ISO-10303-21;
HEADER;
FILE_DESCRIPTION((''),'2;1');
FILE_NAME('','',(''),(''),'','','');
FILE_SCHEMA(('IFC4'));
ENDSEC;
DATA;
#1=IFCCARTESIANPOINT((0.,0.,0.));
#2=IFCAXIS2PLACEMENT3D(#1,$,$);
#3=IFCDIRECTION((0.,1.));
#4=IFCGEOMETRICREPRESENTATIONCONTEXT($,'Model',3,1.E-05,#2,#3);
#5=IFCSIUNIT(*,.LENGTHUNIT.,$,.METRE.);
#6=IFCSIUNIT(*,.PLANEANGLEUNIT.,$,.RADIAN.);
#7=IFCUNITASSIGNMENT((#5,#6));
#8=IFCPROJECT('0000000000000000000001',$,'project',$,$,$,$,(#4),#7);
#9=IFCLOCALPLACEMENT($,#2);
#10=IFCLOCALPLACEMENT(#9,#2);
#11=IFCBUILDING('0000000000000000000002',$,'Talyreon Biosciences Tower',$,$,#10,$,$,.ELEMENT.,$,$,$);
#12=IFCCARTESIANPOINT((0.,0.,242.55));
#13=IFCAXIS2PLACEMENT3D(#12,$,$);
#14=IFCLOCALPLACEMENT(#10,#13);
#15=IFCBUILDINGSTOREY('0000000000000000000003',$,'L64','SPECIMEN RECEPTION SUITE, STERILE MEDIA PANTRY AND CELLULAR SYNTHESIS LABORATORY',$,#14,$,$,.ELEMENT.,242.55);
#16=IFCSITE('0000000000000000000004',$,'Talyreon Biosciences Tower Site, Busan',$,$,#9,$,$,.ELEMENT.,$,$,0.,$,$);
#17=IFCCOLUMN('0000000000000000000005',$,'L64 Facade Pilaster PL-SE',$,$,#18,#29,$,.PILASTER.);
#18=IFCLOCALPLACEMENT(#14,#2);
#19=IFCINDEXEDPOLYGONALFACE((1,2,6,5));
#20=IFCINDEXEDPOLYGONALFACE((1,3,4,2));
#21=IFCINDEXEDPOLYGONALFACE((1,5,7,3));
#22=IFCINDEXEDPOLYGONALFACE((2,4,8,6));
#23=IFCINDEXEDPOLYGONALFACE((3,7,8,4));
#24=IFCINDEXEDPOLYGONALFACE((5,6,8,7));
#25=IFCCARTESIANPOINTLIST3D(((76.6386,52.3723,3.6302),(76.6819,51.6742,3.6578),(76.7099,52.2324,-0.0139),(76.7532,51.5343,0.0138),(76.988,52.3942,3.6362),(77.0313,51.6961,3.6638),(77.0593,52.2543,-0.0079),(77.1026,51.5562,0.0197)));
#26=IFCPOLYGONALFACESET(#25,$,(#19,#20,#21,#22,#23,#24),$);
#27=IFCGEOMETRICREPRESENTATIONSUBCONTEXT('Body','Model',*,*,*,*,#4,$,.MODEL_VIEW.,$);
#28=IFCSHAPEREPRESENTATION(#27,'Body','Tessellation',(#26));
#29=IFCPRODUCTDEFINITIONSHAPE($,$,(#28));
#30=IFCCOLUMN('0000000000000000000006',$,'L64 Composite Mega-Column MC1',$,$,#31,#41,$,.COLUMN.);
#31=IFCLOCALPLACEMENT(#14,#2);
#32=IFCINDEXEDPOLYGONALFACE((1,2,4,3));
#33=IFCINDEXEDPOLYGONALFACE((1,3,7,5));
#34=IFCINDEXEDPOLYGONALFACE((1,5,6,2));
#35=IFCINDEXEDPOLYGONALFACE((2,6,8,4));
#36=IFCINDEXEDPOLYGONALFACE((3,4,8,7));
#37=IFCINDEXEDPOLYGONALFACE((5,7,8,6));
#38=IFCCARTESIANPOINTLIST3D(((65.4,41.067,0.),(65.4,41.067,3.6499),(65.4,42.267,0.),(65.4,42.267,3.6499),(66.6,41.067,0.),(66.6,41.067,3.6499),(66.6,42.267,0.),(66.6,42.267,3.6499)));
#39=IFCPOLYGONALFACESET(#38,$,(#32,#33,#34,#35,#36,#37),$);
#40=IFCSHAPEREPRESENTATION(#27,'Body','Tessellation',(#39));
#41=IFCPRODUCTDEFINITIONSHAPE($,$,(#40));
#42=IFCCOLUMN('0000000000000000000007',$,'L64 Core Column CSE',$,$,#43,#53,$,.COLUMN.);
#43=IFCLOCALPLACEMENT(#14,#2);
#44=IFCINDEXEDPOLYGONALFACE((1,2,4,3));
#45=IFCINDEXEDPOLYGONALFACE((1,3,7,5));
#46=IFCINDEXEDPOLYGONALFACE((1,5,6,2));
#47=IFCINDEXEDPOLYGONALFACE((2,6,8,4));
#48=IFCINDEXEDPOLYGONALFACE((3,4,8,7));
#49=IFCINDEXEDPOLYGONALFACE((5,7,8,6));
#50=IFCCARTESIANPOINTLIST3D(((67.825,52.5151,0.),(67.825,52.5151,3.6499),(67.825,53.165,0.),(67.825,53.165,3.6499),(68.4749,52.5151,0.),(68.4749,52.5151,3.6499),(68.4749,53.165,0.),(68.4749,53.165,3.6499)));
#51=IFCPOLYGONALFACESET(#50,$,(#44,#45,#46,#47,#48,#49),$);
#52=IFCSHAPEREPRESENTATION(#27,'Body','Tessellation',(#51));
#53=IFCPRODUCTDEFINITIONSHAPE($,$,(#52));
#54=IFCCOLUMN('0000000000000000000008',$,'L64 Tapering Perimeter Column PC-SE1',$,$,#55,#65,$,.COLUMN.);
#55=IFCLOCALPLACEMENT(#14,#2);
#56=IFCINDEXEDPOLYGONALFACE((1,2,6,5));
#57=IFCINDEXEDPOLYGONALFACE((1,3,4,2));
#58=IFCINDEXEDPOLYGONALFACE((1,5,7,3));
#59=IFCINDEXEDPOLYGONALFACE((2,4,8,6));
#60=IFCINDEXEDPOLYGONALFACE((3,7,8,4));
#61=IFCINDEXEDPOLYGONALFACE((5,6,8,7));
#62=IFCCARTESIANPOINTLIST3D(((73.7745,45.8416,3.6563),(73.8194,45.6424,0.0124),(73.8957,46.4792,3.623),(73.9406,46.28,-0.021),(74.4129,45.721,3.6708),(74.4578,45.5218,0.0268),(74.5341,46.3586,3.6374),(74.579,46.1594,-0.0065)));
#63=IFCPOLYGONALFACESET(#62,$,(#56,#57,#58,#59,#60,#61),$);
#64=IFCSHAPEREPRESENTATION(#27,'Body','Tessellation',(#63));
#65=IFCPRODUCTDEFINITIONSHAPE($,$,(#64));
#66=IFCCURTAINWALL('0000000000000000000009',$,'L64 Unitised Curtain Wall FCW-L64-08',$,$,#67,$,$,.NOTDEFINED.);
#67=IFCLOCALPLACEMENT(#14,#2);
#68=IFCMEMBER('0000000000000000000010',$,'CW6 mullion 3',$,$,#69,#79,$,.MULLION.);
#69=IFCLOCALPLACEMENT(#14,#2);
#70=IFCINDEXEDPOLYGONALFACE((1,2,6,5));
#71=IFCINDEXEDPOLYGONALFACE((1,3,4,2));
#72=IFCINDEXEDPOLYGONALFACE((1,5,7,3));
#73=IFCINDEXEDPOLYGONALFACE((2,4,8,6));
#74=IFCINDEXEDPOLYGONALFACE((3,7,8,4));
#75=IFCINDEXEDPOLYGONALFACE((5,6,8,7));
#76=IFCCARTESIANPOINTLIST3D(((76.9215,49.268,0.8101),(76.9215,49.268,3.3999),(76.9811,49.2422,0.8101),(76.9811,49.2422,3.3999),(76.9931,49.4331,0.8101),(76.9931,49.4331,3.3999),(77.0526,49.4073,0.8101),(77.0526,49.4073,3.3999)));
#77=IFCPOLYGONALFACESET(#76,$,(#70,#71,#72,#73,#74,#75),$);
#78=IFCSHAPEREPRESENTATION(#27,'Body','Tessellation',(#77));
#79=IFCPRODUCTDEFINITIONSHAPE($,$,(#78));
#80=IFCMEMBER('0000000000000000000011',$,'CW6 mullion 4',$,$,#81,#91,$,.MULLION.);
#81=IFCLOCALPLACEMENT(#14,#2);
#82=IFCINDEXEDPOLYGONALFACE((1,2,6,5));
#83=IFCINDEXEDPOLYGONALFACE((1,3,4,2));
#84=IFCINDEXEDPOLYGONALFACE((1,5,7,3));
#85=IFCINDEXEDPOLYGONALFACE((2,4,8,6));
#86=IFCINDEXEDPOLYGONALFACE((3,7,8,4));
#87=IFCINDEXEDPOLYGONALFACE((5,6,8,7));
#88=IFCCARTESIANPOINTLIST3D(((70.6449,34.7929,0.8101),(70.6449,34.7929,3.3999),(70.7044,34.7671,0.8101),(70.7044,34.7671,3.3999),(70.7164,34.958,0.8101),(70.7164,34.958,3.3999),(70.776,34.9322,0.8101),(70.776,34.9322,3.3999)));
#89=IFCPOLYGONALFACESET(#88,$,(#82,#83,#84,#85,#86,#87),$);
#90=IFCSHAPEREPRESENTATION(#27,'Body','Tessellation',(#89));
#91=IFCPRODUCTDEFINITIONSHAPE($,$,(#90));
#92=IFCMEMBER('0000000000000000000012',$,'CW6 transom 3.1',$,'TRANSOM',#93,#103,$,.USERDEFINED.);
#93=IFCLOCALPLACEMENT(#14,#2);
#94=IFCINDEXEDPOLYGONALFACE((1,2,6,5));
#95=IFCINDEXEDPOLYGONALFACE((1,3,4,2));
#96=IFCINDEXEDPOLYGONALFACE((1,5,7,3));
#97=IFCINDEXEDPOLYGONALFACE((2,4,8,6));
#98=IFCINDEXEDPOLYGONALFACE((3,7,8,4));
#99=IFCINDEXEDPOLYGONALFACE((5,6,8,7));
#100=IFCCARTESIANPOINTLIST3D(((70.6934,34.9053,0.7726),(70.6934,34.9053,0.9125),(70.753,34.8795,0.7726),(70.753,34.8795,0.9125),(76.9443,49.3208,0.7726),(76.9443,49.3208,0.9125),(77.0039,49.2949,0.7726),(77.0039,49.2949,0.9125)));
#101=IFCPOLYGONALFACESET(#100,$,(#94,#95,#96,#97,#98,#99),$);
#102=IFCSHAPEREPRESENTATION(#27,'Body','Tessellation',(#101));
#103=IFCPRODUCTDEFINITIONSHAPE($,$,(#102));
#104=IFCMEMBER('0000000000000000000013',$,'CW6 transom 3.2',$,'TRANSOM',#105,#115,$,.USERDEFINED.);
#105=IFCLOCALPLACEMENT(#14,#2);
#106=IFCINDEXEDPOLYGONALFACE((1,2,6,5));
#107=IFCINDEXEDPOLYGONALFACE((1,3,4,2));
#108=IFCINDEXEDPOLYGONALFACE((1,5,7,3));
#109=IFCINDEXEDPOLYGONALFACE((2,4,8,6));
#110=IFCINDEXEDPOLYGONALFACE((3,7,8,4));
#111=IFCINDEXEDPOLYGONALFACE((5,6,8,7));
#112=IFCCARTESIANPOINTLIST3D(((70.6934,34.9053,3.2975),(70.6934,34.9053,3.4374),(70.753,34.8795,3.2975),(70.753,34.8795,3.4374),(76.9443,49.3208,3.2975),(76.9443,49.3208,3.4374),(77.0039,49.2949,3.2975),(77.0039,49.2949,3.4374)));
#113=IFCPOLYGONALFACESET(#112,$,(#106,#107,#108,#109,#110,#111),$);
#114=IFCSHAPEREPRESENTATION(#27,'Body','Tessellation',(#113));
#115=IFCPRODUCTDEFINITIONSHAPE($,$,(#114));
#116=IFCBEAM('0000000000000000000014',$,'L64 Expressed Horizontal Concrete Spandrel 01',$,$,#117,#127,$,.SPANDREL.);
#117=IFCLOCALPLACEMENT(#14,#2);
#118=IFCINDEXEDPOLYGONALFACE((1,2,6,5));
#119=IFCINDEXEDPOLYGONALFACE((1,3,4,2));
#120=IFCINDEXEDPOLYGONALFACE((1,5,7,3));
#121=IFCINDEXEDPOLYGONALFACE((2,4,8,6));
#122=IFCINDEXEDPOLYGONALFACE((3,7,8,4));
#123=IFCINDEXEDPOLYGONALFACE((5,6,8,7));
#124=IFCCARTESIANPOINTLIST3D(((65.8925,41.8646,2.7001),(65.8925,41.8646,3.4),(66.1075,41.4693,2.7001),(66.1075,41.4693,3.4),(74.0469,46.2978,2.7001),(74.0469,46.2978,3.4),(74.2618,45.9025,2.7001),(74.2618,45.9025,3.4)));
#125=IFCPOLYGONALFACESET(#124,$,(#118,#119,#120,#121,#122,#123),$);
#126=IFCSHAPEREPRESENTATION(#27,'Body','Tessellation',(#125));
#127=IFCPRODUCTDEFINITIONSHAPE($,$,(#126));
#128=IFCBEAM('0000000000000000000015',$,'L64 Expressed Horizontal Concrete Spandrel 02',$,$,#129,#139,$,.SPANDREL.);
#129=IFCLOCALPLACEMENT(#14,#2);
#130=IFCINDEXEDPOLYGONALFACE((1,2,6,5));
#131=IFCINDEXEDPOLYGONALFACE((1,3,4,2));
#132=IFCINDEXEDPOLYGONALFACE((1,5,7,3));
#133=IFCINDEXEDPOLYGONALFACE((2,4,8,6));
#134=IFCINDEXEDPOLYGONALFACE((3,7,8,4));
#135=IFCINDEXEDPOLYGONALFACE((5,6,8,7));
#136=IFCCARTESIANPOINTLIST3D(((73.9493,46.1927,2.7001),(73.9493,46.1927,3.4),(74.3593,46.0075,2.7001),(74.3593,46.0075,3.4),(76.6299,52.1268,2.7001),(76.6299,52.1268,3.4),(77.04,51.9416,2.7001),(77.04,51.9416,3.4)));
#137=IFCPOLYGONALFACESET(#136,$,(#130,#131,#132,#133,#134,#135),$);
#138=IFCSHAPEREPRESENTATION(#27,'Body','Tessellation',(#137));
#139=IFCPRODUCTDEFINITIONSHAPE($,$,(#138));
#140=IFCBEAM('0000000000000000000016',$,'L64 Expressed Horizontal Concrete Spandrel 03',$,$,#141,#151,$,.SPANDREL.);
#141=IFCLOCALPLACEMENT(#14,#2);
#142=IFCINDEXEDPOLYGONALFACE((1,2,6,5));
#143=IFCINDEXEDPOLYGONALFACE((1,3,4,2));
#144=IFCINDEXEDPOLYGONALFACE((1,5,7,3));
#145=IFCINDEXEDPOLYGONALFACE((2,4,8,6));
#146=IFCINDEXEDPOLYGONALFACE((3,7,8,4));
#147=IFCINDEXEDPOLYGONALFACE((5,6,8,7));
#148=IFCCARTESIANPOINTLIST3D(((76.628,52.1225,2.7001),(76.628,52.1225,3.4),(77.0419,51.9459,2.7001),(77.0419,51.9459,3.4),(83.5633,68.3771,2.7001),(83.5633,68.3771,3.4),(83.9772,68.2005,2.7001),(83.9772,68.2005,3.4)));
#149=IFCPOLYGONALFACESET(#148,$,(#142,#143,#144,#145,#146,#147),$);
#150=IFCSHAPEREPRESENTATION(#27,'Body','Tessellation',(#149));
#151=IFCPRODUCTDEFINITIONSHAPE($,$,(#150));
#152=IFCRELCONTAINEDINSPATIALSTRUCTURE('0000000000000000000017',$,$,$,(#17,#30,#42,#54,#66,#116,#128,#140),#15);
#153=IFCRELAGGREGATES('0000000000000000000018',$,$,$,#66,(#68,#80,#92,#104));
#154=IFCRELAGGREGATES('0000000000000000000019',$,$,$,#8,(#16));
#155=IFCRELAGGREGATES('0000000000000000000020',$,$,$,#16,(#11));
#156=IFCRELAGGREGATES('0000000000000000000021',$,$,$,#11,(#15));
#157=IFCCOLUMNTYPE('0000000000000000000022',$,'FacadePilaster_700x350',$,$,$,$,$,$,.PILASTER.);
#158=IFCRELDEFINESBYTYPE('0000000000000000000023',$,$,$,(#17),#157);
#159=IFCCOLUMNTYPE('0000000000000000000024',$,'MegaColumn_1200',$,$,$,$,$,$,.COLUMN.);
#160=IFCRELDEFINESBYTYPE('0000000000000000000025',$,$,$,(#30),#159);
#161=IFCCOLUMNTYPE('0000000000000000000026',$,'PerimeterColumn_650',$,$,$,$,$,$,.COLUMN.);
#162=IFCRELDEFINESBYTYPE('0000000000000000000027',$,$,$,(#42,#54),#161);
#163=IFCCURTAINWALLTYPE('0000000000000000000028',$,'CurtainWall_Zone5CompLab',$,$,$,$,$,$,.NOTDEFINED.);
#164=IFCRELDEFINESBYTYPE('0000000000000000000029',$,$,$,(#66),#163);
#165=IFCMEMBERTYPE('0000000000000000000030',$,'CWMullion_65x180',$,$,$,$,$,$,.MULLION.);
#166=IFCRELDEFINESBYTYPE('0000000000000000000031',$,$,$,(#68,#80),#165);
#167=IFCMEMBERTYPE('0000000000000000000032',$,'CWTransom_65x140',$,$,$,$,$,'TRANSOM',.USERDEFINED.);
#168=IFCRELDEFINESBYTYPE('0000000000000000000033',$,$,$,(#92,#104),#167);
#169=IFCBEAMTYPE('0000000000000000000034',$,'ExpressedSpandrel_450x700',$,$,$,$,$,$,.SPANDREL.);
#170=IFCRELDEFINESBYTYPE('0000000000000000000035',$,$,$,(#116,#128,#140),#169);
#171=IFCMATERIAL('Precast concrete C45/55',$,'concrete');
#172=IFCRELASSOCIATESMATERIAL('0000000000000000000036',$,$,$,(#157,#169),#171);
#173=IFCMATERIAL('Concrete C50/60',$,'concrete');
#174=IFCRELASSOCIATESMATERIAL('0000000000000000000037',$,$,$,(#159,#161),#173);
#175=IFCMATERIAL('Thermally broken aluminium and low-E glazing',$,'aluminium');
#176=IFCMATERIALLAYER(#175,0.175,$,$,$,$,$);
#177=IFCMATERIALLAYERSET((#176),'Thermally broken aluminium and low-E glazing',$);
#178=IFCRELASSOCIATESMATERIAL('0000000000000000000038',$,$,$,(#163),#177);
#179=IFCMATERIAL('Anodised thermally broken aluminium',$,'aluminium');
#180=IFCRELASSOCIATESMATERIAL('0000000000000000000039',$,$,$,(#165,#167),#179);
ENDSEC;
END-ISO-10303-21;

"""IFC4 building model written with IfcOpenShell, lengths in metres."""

from ifc_helpers import new_model, si_unit, direction, frame, origin, origin_2d, place, context, subcontext, project, spatial, rectangle, extrude, material, layer, layer_set, material_profile, profile_set, type_object, element, aggregate, save


model = new_model("IFC4")

# Units and contexts
model_context = context("Model", 3, precision=1e-05, world=origin(), true_north=direction((0.0, 1.0)))
body_context = subcontext(model_context, "Body", "Model", "MODEL_VIEW")
ifc_project = project(units=[si_unit("LENGTHUNIT", "METRE"), si_unit("PLANEANGLEUNIT", "RADIAN")], contexts=[model_context])

# Site, building, storey
site_placement = place(None, origin())
site = spatial("IfcSite", under=ifc_project, at=site_placement, Name="Talyreon Biosciences Tower Site, Busan", CompositionType="ELEMENT", RefElevation=0.0)
building_placement = place(site_placement, origin())
building = spatial("IfcBuilding", under=site, at=building_placement, Name="Talyreon Biosciences Tower", CompositionType="ELEMENT")
storey_placement = place(building_placement, frame((0.0, 0.0, 242.55)))
storey = spatial("IfcBuildingStorey", under=building, at=storey_placement, Name="L64", Description="SPECIMEN RECEPTION SUITE, STERILE MEDIA PANTRY AND CELLULAR SYNTHESIS LABORATORY", CompositionType="ELEMENT", Elevation=242.55)

# Columns
ifc_material_1 = material(Name="Precast concrete C45/55", Category="concrete")
ifc_material_profile_1 = material_profile(ifc_material_1, rectangle(XDim=0.7, YDim=0.3501, at=origin_2d()), Name="RC 700x350")
ifc_profile_set_1 = profile_set([ifc_material_profile_1], Name="Precast concrete C45/55")
column_type_1 = type_object("IfcColumnType", Name="FacadePilaster_700x350", PredefinedType="PILASTER", material=ifc_profile_set_1)
column_1_placement = place(storey_placement, frame((76.9062, 51.8943, 0.0029), z_axis=(-0.019545, 0.038354, 0.999073), x_axis=(0.061818, -0.997306, 0.039495)))
element("IfcColumn", 1, at=column_1_placement, inside=storey, type_object=column_type_1, Name="L64 Facade Pilaster PL-SE", PredefinedType="PILASTER", context=body_context, shape_type="SweptSolid", body=[
    extrude(rectangle(XDim=0.7, YDim=0.3501, at=origin_2d()), origin(), (0.0, 0.0, 1.0), 3.6475),
])
ifc_material_2 = material(Name="Concrete C50/60", Category="concrete")
ifc_material_profile_2 = material_profile(ifc_material_2, rectangle(XDim=1.2, YDim=1.2, at=origin_2d()), Name="RC 1200x1200")
ifc_profile_set_2 = profile_set([ifc_material_profile_2], Name="Concrete C50/60")
column_type_2 = type_object("IfcColumnType", Name="MegaColumn_1200", PredefinedType="COLUMN", material=ifc_profile_set_2)
column_2_placement = place(storey_placement, frame((66.0, 41.667, 0.0), z_axis=(0.0, 0.0, 1.0), x_axis=(1.0, 0.0, 0.0)))
element("IfcColumn", 2, at=column_2_placement, inside=storey, type_object=column_type_2, Name="L64 Composite Mega-Column MC1", PredefinedType="COLUMN", context=body_context, shape_type="SweptSolid", body=[
    extrude(rectangle(XDim=1.2, YDim=1.2, at=origin_2d()), origin(), (0.0, 0.0, 1.0), 3.6499),
])
ifc_material_profile_3 = material_profile(ifc_material_2, rectangle(XDim=0.6499, YDim=0.6499, at=origin_2d()), Name="RC 650x650")
ifc_profile_set_3 = profile_set([ifc_material_profile_3], Name="Concrete C50/60")
column_type_3 = type_object("IfcColumnType", Name="PerimeterColumn_650", PredefinedType="COLUMN", material=ifc_profile_set_3)
column_3_placement = place(storey_placement, frame((68.1499, 52.8401, 0.0), z_axis=(0.0, 0.0, 1.0), x_axis=(1.0, 0.0, 0.0)))
element("IfcColumn", 3, at=column_3_placement, inside=storey, type_object=column_type_3, Name="L64 Core Column CSE", PredefinedType="COLUMN", context=body_context, shape_type="SweptSolid", body=[
    extrude(rectangle(XDim=0.6499, YDim=0.6499, at=origin_2d()), origin(), (0.0, 0.0, 1.0), 3.6499),
])
column_4_placement = place(storey_placement, frame((74.1992, 45.9009, 0.0029), z_axis=(-0.012308, 0.054584, 0.998433), x_axis=(-0.186495, -0.981114, 0.051338)))
element("IfcColumn", 4, at=column_4_placement, inside=storey, type_object=column_type_3, Name="L64 Tapering Perimeter Column PC-SE1", PredefinedType="COLUMN", context=body_context, shape_type="SweptSolid", body=[
    extrude(rectangle(XDim=0.6499, YDim=0.6499, at=origin_2d()), origin(), (0.0, 0.0, 1.0), 3.6497),
])

# Curtain wall, members
ifc_material_3 = material(Name="Thermally broken aluminium and low-E glazing", Category="aluminium")
ifc_layer_1 = layer(ifc_material_3, 0.175)
ifc_layer_set_1 = layer_set([ifc_layer_1], Name="Thermally broken aluminium and low-E glazing")
curtain_wall_type = type_object("IfcCurtainWallType", Name="CurtainWall_Zone5CompLab", PredefinedType="NOTDEFINED", material=ifc_layer_set_1)
curtain_wall_placement = place(storey_placement, origin())
curtain_wall = element("IfcCurtainWall", 5, at=curtain_wall_placement, inside=storey, type_object=curtain_wall_type, Name="L64 Unitised Curtain Wall FCW-L64-08", PredefinedType="NOTDEFINED")
ifc_material_4 = material(Name="Anodised thermally broken aluminium", Category="aluminium")
ifc_material_profile_4 = material_profile(ifc_material_4, rectangle(XDim=0.0649, YDim=0.1799, at=origin_2d()), Name="ALUM MULLION 65x180")
ifc_profile_set_4 = profile_set([ifc_material_profile_4], Name="Anodised thermally broken aluminium")
member_type_1 = type_object("IfcMemberType", Name="CWMullion_65x180", PredefinedType="MULLION", material=ifc_profile_set_4)
member_1_placement = place(storey_placement, frame((76.9871, 49.3376, 0.8101), z_axis=(0.0, 0.0, 1.0), x_axis=(0.917458, -0.397832, 0.0)))
member_1 = element("IfcMember", 6, at=member_1_placement, type_object=member_type_1, Name="CW6 mullion 3", PredefinedType="MULLION", context=body_context, shape_type="SweptSolid", body=[
    extrude(rectangle(XDim=0.0649, YDim=0.1799, at=origin_2d()), origin(), (0.0, 0.0, 1.0), 2.5898),
])
member_2_placement = place(storey_placement, frame((70.7104, 34.8625, 0.8101), z_axis=(0.0, 0.0, 1.0), x_axis=(0.917458, -0.397832, 0.0)))
member_2 = element("IfcMember", 7, at=member_2_placement, type_object=member_type_1, Name="CW6 mullion 4", PredefinedType="MULLION", context=body_context, shape_type="SweptSolid", body=[
    extrude(rectangle(XDim=0.0649, YDim=0.1799, at=origin_2d()), origin(), (0.0, 0.0, 1.0), 2.5898),
])
ifc_material_profile_5 = material_profile(ifc_material_4, rectangle(XDim=0.0649, YDim=0.1399, at=origin_2d()), Name="ALUM TRANSOM 65x140")
ifc_profile_set_5 = profile_set([ifc_material_profile_5], Name="Anodised thermally broken aluminium")
member_type_2 = type_object("IfcMemberType", Name="CWTransom_65x140", ElementType="TRANSOM", PredefinedType="USERDEFINED", material=ifc_profile_set_5)
member_3_placement = place(storey_placement, frame((76.9741, 49.3079, 0.8425), z_axis=(-0.397835, -0.917457, 0.0), x_axis=(0.917457, -0.397835, 0.0)))
member_3 = element("IfcMember", 8, at=member_3_placement, type_object=member_type_2, Name="CW6 transom 3.1", ObjectType="TRANSOM", PredefinedType="USERDEFINED", context=body_context, shape_type="SweptSolid", body=[
    extrude(rectangle(XDim=0.0649, YDim=0.1399, at=origin_2d()), origin(), (0.0, 0.0, 1.0), 15.7124),
])
member_4_placement = place(storey_placement, frame((76.9741, 49.3079, 3.3674), z_axis=(-0.397835, -0.917457, 0.0), x_axis=(0.917457, -0.397835, 0.0)))
member_4 = element("IfcMember", 9, at=member_4_placement, type_object=member_type_2, Name="CW6 transom 3.2", ObjectType="TRANSOM", PredefinedType="USERDEFINED", context=body_context, shape_type="SweptSolid", body=[
    extrude(rectangle(XDim=0.0649, YDim=0.1399, at=origin_2d()), origin(), (0.0, 0.0, 1.0), 15.7124),
])

# Beams
ifc_material_profile_6 = material_profile(ifc_material_1, rectangle(XDim=0.45, YDim=0.7, at=origin_2d()), Name="RCB 450x700")
ifc_profile_set_6 = profile_set([ifc_material_profile_6], Name="Precast concrete C45/55")
beam_type_1 = type_object("IfcBeamType", Name="ExpressedSpandrel_450x700", PredefinedType="SPANDREL", material=ifc_profile_set_6)
beam_1_placement = place(storey_placement, frame((66.0, 41.667, 3.05), z_axis=(0.87856, 0.477632, 0.0), x_axis=(-0.477632, 0.87856, 0.0)))
element("IfcBeam", 10, at=beam_1_placement, inside=storey, type_object=beam_type_1, Name="L64 Expressed Horizontal Concrete Spandrel 01", PredefinedType="SPANDREL", context=body_context, shape_type="SweptSolid", body=[
    extrude(rectangle(XDim=0.45, YDim=0.7, at=origin_2d()), origin(), (0.0, 0.0, 1.0), 9.2815),
])
beam_2_placement = place(storey_placement, frame((74.1543, 46.1001, 3.05), z_axis=(0.411683, 0.911327, 0.0), x_axis=(-0.911327, 0.411683, 0.0)))
element("IfcBeam", 11, at=beam_2_placement, inside=storey, type_object=beam_type_1, Name="L64 Expressed Horizontal Concrete Spandrel 02", PredefinedType="SPANDREL", context=body_context, shape_type="SweptSolid", body=[
    extrude(rectangle(XDim=0.45, YDim=0.7, at=origin_2d()), origin(), (0.0, 0.0, 1.0), 6.5115),
])
beam_3_placement = place(storey_placement, frame((76.835, 52.0342, 3.05), z_axis=(0.392438, 0.919778, 0.0), x_axis=(-0.919778, 0.392438, 0.0)))
element("IfcBeam", 12, at=beam_3_placement, inside=storey, type_object=beam_type_1, Name="L64 Expressed Horizontal Concrete Spandrel 03", PredefinedType="SPANDREL", context=body_context, shape_type="SweptSolid", body=[
    extrude(rectangle(XDim=0.45, YDim=0.7, at=origin_2d()), origin(), (0.0, 0.0, 1.0), 17.6724),
])

aggregate(curtain_wall, [member_1, member_2, member_3, member_4])

save(model, "model.ifc")
